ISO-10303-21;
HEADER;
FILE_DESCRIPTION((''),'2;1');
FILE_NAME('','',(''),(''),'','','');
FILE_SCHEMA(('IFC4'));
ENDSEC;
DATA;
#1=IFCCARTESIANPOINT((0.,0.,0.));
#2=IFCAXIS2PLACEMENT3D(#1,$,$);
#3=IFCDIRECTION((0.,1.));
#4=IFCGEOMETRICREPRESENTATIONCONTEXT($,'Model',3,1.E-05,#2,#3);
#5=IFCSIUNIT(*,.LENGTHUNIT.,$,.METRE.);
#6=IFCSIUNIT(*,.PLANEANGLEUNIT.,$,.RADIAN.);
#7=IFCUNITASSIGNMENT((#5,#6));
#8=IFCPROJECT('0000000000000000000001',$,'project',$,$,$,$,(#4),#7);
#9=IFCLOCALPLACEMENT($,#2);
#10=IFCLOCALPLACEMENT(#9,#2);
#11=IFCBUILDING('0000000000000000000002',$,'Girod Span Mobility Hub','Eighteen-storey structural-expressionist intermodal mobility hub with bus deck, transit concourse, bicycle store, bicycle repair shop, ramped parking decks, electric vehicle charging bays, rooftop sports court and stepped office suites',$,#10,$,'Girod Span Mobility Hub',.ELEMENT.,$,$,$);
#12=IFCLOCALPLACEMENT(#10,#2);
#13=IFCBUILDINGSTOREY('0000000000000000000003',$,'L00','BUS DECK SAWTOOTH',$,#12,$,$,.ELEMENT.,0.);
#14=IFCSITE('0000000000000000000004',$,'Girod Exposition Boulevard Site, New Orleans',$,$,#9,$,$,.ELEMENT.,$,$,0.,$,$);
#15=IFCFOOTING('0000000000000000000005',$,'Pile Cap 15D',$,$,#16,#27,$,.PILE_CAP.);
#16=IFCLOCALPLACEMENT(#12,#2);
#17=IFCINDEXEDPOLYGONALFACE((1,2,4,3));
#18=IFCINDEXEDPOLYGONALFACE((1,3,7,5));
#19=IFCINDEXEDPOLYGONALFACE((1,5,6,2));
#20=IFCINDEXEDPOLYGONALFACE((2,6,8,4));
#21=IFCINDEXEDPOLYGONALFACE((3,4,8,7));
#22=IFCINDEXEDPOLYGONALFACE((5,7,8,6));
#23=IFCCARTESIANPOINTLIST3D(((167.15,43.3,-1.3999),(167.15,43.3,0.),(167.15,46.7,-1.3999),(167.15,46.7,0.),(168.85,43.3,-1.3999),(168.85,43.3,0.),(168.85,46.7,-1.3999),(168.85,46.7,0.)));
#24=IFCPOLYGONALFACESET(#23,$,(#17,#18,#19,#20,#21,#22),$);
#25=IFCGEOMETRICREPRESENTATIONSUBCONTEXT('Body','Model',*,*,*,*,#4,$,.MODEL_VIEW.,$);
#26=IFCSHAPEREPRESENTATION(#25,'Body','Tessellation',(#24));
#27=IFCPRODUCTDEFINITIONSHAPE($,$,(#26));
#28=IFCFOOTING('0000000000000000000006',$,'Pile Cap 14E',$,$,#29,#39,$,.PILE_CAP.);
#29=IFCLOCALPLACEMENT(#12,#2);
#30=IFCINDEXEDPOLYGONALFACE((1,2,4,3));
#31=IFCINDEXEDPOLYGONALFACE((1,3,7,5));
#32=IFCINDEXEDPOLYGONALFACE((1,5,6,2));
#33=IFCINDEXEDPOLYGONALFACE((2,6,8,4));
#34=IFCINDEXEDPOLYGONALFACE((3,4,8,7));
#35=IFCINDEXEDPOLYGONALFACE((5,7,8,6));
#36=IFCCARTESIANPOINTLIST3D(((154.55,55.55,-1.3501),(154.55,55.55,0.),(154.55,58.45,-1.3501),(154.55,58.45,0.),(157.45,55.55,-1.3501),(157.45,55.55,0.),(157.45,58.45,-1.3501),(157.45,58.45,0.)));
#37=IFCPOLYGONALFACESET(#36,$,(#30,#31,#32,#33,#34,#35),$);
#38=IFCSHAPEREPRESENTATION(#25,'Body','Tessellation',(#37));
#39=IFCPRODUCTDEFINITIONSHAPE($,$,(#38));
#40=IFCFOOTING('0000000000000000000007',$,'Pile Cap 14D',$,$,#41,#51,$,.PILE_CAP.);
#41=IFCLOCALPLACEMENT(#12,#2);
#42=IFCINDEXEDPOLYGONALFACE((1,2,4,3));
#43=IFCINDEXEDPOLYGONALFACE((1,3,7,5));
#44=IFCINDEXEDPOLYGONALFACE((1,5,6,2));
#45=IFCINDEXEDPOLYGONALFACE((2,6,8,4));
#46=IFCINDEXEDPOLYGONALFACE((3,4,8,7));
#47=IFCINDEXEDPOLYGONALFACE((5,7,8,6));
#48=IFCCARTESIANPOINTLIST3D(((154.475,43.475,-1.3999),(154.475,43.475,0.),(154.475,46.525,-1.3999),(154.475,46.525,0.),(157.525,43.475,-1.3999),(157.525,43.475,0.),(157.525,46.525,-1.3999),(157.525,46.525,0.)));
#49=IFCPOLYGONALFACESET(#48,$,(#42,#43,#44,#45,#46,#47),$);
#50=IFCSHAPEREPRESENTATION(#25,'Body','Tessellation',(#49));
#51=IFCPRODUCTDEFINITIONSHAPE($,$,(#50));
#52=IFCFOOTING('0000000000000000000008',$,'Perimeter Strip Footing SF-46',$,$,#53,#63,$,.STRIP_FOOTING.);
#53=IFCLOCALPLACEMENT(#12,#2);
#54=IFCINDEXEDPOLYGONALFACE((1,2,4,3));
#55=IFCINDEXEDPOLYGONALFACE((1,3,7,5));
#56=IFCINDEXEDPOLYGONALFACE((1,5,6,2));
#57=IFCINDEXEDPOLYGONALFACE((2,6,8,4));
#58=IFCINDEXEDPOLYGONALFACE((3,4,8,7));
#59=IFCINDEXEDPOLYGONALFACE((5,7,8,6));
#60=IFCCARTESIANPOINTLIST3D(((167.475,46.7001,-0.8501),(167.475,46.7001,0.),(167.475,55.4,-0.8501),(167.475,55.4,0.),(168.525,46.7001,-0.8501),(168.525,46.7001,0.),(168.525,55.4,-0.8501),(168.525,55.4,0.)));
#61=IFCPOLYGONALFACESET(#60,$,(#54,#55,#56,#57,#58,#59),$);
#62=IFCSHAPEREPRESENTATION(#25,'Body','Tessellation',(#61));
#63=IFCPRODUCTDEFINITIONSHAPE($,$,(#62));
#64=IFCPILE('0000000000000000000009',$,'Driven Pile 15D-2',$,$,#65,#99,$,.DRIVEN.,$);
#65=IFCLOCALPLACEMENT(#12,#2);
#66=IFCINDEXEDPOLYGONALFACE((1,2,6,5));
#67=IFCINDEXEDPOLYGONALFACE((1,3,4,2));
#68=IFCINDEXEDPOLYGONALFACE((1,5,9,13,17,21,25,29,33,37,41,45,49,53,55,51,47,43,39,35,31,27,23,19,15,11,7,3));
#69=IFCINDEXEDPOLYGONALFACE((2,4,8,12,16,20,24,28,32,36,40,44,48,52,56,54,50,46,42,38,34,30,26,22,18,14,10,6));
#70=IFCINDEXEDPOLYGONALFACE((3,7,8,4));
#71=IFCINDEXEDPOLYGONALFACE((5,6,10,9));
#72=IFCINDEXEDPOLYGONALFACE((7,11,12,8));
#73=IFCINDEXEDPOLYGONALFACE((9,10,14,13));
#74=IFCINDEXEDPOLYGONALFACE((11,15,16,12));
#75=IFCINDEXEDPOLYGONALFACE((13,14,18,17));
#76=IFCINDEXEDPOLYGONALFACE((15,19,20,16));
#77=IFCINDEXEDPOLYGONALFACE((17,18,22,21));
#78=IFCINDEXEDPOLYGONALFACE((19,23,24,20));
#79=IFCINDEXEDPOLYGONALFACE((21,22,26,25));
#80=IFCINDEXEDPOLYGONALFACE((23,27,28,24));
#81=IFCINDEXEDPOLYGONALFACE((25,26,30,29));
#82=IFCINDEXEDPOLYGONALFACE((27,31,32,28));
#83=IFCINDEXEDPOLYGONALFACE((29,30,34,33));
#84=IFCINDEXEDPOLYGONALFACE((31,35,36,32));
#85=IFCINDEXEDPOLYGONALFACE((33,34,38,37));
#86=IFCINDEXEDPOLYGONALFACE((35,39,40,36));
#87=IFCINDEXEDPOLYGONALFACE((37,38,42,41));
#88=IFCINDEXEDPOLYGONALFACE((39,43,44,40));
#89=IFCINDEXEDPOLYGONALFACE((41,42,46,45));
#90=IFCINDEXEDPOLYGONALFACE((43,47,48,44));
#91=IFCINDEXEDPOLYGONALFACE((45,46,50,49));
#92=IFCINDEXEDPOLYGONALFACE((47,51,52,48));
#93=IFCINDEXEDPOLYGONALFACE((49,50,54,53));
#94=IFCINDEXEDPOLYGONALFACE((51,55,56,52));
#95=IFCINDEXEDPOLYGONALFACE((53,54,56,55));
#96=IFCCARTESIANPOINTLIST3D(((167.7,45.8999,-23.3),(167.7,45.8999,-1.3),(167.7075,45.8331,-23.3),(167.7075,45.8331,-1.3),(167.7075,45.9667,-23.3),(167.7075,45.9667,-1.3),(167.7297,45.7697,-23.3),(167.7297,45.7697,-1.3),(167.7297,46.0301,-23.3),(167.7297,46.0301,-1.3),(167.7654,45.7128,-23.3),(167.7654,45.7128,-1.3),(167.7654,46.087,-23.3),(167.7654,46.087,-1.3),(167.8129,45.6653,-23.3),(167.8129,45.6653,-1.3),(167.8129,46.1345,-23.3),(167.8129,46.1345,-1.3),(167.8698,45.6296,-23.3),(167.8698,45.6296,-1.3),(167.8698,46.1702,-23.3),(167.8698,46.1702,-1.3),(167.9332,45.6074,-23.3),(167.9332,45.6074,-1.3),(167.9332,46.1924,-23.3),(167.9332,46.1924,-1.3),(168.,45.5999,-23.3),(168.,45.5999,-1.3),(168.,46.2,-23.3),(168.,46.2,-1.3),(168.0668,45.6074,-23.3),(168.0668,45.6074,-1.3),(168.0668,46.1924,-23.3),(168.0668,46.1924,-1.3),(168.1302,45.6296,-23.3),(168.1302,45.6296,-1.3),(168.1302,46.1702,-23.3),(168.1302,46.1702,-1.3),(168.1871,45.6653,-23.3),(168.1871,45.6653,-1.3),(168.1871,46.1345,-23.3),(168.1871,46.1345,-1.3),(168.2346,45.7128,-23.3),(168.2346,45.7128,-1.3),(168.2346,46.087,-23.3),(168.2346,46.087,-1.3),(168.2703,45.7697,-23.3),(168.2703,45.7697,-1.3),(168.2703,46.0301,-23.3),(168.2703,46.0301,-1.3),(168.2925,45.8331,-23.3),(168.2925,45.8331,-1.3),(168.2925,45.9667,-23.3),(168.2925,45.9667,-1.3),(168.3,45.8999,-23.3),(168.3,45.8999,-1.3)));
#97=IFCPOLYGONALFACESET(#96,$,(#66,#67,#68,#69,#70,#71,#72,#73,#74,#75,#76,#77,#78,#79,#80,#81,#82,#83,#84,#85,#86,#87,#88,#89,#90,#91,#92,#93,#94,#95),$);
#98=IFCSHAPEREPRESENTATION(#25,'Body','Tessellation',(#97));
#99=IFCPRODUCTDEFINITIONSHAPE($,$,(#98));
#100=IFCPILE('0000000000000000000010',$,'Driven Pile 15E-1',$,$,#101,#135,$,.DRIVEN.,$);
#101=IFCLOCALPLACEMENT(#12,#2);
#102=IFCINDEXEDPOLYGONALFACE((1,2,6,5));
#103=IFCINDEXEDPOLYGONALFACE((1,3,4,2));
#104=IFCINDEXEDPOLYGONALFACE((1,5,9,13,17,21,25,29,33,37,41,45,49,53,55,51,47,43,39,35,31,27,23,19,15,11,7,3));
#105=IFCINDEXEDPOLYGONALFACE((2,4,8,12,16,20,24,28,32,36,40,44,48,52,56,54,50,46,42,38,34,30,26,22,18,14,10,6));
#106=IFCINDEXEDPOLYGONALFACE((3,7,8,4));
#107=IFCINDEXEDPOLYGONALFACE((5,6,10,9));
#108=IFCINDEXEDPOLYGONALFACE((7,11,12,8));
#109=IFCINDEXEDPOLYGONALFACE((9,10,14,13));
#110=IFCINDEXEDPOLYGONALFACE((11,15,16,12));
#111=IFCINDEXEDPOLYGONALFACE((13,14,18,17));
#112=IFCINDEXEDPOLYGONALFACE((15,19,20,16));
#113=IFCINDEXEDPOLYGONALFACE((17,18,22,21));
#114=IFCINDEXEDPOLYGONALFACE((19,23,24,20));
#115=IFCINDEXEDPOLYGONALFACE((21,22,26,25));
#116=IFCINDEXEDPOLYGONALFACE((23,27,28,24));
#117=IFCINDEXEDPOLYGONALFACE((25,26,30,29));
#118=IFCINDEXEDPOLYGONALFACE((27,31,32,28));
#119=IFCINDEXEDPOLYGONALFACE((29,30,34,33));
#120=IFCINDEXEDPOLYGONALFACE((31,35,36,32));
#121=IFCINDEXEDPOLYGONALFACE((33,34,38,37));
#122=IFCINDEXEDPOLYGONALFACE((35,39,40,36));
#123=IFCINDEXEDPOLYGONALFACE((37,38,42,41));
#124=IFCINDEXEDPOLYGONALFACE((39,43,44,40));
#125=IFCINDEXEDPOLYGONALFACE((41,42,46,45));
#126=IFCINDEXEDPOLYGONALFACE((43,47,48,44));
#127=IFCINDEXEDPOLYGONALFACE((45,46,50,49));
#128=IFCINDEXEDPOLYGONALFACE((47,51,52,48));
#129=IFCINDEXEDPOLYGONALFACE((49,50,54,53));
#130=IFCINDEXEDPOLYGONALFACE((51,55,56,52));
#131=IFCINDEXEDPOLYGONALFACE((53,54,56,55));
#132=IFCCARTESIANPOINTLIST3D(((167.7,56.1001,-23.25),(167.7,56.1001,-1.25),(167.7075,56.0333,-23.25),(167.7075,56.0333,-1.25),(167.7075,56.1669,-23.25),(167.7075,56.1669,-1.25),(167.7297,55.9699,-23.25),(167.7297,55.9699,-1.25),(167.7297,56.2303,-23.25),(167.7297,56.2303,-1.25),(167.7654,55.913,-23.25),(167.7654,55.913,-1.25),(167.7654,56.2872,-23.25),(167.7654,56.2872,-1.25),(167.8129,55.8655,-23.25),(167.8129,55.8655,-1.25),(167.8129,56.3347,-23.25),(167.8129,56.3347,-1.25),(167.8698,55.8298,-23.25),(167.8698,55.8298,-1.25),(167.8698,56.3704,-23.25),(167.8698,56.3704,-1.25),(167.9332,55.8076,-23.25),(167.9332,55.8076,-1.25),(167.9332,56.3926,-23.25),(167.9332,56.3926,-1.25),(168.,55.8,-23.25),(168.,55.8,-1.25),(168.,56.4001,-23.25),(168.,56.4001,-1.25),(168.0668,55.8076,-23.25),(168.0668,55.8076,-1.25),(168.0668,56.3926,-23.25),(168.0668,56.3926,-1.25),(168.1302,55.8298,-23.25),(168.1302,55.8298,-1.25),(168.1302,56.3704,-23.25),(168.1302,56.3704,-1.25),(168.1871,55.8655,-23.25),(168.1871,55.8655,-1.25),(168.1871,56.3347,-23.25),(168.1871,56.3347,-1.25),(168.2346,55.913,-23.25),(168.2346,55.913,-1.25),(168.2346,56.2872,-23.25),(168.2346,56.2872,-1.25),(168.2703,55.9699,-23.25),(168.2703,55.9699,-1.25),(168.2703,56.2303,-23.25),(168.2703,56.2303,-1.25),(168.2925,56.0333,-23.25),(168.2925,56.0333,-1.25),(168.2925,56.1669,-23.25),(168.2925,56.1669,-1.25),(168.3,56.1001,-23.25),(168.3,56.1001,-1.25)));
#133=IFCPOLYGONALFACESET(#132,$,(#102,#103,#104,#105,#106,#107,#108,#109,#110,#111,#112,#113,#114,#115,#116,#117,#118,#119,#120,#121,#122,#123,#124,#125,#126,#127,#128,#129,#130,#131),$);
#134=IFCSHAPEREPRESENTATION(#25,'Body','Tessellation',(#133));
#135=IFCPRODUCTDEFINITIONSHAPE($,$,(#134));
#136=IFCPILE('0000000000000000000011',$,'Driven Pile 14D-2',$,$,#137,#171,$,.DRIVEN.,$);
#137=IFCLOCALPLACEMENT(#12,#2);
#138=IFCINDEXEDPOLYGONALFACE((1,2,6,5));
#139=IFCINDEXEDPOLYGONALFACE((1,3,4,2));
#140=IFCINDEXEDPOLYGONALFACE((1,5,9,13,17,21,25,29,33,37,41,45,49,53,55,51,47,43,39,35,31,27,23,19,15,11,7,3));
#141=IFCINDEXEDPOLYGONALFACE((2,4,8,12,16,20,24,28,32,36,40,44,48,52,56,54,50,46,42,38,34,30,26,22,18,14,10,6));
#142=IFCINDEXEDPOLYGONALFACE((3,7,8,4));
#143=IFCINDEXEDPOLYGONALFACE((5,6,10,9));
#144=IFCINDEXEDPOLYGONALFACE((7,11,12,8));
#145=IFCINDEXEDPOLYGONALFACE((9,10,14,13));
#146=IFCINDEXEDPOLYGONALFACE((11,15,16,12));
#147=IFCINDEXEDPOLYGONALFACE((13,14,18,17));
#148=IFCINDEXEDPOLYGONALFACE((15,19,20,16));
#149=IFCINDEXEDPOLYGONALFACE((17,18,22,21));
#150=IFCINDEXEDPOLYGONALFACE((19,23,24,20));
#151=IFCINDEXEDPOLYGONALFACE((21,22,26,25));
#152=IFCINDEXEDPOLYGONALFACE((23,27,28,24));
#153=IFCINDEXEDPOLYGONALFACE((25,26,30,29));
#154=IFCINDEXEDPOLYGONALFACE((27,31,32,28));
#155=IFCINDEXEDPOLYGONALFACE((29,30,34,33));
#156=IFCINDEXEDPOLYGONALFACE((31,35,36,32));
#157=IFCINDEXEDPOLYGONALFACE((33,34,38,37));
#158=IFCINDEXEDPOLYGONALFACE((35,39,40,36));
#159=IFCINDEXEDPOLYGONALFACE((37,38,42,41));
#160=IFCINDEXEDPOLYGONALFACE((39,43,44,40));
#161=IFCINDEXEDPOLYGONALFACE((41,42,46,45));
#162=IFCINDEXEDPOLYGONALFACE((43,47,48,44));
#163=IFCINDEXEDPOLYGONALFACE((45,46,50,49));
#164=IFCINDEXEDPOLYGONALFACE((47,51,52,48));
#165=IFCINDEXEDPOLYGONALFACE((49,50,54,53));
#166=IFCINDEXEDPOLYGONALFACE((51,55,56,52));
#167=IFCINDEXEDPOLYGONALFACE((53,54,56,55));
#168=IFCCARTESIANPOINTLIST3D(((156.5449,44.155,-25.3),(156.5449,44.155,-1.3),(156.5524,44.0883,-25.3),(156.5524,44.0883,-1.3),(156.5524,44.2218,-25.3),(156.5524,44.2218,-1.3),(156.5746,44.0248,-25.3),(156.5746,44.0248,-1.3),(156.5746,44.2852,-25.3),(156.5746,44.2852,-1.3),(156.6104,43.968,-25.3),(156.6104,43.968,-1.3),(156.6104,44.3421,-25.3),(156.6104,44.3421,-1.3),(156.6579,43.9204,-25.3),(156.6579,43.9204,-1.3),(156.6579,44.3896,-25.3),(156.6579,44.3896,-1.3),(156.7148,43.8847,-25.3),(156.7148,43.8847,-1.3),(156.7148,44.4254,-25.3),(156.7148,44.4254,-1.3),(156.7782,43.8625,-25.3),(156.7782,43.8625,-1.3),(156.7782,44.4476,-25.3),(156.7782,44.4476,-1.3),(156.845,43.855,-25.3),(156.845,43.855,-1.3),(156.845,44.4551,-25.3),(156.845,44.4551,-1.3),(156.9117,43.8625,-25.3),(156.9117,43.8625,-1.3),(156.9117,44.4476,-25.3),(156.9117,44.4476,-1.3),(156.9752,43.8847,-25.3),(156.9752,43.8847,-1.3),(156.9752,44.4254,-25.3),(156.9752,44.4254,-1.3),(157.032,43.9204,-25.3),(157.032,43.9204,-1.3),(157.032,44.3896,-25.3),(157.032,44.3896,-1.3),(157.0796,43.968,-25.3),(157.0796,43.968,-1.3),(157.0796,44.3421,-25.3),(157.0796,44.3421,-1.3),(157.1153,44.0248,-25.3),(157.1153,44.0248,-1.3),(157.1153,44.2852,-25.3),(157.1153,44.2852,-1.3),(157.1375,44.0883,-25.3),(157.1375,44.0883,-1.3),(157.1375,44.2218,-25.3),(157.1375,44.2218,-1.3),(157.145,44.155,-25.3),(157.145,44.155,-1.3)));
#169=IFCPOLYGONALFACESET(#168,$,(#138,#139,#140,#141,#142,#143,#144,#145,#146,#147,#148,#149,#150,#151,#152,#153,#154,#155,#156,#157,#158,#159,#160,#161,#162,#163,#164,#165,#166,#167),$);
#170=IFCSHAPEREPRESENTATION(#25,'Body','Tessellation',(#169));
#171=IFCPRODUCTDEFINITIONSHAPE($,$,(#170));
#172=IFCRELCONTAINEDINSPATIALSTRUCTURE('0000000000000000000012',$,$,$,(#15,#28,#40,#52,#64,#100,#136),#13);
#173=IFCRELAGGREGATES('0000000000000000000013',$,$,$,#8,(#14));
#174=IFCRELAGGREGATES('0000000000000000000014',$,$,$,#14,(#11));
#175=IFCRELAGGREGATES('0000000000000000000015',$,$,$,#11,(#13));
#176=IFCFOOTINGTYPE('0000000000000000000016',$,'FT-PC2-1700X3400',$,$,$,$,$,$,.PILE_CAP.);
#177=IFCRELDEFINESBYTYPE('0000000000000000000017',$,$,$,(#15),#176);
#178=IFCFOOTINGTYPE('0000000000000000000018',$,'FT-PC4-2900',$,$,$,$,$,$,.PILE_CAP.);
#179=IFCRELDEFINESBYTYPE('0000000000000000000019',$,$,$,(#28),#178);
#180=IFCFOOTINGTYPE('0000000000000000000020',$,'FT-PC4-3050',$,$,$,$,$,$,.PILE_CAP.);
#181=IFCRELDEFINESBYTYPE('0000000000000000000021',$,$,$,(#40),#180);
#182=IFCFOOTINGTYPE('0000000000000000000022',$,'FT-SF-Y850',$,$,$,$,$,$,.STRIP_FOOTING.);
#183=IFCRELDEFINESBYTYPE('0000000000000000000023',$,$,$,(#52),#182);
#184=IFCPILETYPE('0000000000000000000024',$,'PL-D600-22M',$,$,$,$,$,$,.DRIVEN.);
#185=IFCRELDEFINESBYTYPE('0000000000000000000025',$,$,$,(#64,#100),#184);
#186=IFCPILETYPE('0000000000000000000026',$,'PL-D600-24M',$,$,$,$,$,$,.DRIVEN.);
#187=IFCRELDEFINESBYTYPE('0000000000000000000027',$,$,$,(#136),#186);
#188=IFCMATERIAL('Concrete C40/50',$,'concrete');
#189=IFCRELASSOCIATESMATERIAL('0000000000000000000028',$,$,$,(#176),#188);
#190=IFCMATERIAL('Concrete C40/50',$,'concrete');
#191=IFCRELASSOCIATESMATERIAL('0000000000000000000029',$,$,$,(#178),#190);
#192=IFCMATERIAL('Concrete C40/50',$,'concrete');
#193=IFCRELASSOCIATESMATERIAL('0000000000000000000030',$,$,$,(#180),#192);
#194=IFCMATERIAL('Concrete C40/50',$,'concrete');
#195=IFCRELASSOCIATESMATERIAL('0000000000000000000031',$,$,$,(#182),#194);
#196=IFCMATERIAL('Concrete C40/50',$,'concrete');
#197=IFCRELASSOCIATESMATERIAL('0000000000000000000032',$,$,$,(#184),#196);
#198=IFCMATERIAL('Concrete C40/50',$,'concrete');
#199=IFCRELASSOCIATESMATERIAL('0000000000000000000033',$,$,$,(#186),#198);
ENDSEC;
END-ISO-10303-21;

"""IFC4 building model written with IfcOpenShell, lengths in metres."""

from ifc_helpers import new_model, si_unit, direction, frame, origin, origin_2d, place, context, subcontext, project, spatial, rectangle, circle, extrude, material, material_profile, profile_set, type_object, element, save


model = new_model("IFC4")

# Units and contexts
model_context = context("Model", 3, precision=1e-05, world=origin(), true_north=direction((0.0, 1.0)))
body_context = subcontext(model_context, "Body", "Model", "MODEL_VIEW")
ifc_project = project(units=[si_unit("LENGTHUNIT", "METRE"), si_unit("PLANEANGLEUNIT", "RADIAN")], contexts=[model_context])

# Site, building, storey
site_placement = place(None, origin())
site = spatial("IfcSite", under=ifc_project, at=site_placement, Name="Girod Exposition Boulevard Site, New Orleans", CompositionType="ELEMENT", RefElevation=0.0)
building_placement = place(site_placement, origin())
building = spatial("IfcBuilding", under=site, at=building_placement, Name="Girod Span Mobility Hub", Description="Eighteen-storey structural-expressionist intermodal mobility hub with bus deck, transit concourse, bicycle store, bicycle repair shop, ramped parking decks, electric vehicle charging bays, rooftop sports court and stepped office suites", LongName="Girod Span Mobility Hub", CompositionType="ELEMENT")
storey_placement = place(building_placement, origin())
storey = spatial("IfcBuildingStorey", under=building, at=storey_placement, Name="L00", Description="BUS DECK SAWTOOTH", CompositionType="ELEMENT", Elevation=0.0)

# Footings
ifc_material_1 = material(Name="Concrete C40/50", Category="concrete")
footing_type_1 = type_object("IfcFootingType", Name="FT-PC2-1700X3400", PredefinedType="PILE_CAP", material=ifc_material_1)
footing_1_placement = place(storey_placement, frame((168.0, 45.0, -1.3999), z_axis=(0.0, 0.0, 1.0), x_axis=(1.0, 0.0, 0.0)))
element("IfcFooting", 1, at=footing_1_placement, inside=storey, type_object=footing_type_1, Name="Pile Cap 15D", PredefinedType="PILE_CAP", context=body_context, shape_type="SweptSolid", body=[
    extrude(rectangle(XDim=1.7, YDim=3.3999, at=origin_2d()), origin(), (0.0, 0.0, 1.0), 1.3999),
])
ifc_material_2 = material(Name="Concrete C40/50", Category="concrete")
footing_type_2 = type_object("IfcFootingType", Name="FT-PC4-2900", PredefinedType="PILE_CAP", material=ifc_material_2)
footing_2_placement = place(storey_placement, frame((156.0, 57.0, -1.3501), z_axis=(0.0, 0.0, 1.0), x_axis=(1.0, 0.0, 0.0)))
element("IfcFooting", 2, at=footing_2_placement, inside=storey, type_object=footing_type_2, Name="Pile Cap 14E", PredefinedType="PILE_CAP", context=body_context, shape_type="SweptSolid", body=[
    extrude(rectangle(XDim=2.8999, YDim=2.8999, at=origin_2d()), origin(), (0.0, 0.0, 1.0), 1.3501),
])
ifc_material_3 = material(Name="Concrete C40/50", Category="concrete")
footing_type_3 = type_object("IfcFootingType", Name="FT-PC4-3050", PredefinedType="PILE_CAP", material=ifc_material_3)
footing_3_placement = place(storey_placement, frame((156.0, 45.0, -1.3999), z_axis=(0.0, 0.0, 1.0), x_axis=(1.0, 0.0, 0.0)))
element("IfcFooting", 3, at=footing_3_placement, inside=storey, type_object=footing_type_3, Name="Pile Cap 14D", PredefinedType="PILE_CAP", context=body_context, shape_type="SweptSolid", body=[
    extrude(rectangle(XDim=3.05, YDim=3.05, at=origin_2d()), origin(), (0.0, 0.0, 1.0), 1.3999),
])
ifc_material_4 = material(Name="Concrete C40/50", Category="concrete")
footing_type_4 = type_object("IfcFootingType", Name="FT-SF-Y850", PredefinedType="STRIP_FOOTING", material=ifc_material_4)
footing_4_placement = place(storey_placement, frame((168.0, 51.05, -0.8501), z_axis=(0.0, 0.0, 1.0), x_axis=(1.0, 0.0, 0.0)))
element("IfcFooting", 4, at=footing_4_placement, inside=storey, type_object=footing_type_4, Name="Perimeter Strip Footing SF-46", PredefinedType="STRIP_FOOTING", context=body_context, shape_type="SweptSolid", body=[
    extrude(rectangle(XDim=1.05, YDim=8.7, at=origin_2d()), origin(), (0.0, 0.0, 1.0), 0.8501),
])

# Piles
ifc_material_5 = material(Name="Concrete C40/50", Category="concrete")
ifc_material_profile_1 = material_profile(ifc_material_5, circle(Radius=0.3, at=origin_2d()), Name="PILE-D600")
ifc_profile_set_1 = profile_set([ifc_material_profile_1], Name="Concrete C40/50")
pile_type_1 = type_object("IfcPileType", Name="PL-D600-22M", PredefinedType="DRIVEN", material=ifc_profile_set_1)
for number, where, z_axis, x_axis, name in (
    (5, (168.0, 45.8999, -1.3), (0.0, 0.0, -1.0), (1.0, 0.0, 0.0), "Driven Pile 15D-2"),
    (6, (168.0, 56.1001, -1.25), (0.0, 0.0, -1.0), (1.0, 0.0, 0.0), "Driven Pile 15E-1"),
):
    element("IfcPile", number, at=place(storey_placement, frame(where, z_axis=z_axis, x_axis=x_axis)), inside=storey, type_object=pile_type_1, Name=name, PredefinedType="DRIVEN", context=body_context, shape_type="SweptSolid", body=[
        extrude(circle(Radius=0.3, at=origin_2d()), origin(), (0.0, 0.0, 1.0), 22.0),
    ])
ifc_material_6 = material(Name="Concrete C40/50", Category="concrete")
ifc_material_profile_2 = material_profile(ifc_material_6, circle(Radius=0.3, at=origin_2d()), Name="PILE-D600")
ifc_profile_set_2 = profile_set([ifc_material_profile_2], Name="Concrete C40/50")
pile_type_2 = type_object("IfcPileType", Name="PL-D600-24M", PredefinedType="DRIVEN", material=ifc_profile_set_2)
for number, where, z_axis, x_axis, name in (
    (7, (156.845, 44.155, -1.3), (0.0, 0.0, -1.0), (1.0, 0.0, 0.0), "Driven Pile 14D-2"),
):
    element("IfcPile", number, at=place(storey_placement, frame(where, z_axis=z_axis, x_axis=x_axis)), inside=storey, type_object=pile_type_2, Name=name, PredefinedType="DRIVEN", context=body_context, shape_type="SweptSolid", body=[
        extrude(circle(Radius=0.3, at=origin_2d()), origin(), (0.0, 0.0, 1.0), 24.0),
    ])

save(model, "model.ifc")
